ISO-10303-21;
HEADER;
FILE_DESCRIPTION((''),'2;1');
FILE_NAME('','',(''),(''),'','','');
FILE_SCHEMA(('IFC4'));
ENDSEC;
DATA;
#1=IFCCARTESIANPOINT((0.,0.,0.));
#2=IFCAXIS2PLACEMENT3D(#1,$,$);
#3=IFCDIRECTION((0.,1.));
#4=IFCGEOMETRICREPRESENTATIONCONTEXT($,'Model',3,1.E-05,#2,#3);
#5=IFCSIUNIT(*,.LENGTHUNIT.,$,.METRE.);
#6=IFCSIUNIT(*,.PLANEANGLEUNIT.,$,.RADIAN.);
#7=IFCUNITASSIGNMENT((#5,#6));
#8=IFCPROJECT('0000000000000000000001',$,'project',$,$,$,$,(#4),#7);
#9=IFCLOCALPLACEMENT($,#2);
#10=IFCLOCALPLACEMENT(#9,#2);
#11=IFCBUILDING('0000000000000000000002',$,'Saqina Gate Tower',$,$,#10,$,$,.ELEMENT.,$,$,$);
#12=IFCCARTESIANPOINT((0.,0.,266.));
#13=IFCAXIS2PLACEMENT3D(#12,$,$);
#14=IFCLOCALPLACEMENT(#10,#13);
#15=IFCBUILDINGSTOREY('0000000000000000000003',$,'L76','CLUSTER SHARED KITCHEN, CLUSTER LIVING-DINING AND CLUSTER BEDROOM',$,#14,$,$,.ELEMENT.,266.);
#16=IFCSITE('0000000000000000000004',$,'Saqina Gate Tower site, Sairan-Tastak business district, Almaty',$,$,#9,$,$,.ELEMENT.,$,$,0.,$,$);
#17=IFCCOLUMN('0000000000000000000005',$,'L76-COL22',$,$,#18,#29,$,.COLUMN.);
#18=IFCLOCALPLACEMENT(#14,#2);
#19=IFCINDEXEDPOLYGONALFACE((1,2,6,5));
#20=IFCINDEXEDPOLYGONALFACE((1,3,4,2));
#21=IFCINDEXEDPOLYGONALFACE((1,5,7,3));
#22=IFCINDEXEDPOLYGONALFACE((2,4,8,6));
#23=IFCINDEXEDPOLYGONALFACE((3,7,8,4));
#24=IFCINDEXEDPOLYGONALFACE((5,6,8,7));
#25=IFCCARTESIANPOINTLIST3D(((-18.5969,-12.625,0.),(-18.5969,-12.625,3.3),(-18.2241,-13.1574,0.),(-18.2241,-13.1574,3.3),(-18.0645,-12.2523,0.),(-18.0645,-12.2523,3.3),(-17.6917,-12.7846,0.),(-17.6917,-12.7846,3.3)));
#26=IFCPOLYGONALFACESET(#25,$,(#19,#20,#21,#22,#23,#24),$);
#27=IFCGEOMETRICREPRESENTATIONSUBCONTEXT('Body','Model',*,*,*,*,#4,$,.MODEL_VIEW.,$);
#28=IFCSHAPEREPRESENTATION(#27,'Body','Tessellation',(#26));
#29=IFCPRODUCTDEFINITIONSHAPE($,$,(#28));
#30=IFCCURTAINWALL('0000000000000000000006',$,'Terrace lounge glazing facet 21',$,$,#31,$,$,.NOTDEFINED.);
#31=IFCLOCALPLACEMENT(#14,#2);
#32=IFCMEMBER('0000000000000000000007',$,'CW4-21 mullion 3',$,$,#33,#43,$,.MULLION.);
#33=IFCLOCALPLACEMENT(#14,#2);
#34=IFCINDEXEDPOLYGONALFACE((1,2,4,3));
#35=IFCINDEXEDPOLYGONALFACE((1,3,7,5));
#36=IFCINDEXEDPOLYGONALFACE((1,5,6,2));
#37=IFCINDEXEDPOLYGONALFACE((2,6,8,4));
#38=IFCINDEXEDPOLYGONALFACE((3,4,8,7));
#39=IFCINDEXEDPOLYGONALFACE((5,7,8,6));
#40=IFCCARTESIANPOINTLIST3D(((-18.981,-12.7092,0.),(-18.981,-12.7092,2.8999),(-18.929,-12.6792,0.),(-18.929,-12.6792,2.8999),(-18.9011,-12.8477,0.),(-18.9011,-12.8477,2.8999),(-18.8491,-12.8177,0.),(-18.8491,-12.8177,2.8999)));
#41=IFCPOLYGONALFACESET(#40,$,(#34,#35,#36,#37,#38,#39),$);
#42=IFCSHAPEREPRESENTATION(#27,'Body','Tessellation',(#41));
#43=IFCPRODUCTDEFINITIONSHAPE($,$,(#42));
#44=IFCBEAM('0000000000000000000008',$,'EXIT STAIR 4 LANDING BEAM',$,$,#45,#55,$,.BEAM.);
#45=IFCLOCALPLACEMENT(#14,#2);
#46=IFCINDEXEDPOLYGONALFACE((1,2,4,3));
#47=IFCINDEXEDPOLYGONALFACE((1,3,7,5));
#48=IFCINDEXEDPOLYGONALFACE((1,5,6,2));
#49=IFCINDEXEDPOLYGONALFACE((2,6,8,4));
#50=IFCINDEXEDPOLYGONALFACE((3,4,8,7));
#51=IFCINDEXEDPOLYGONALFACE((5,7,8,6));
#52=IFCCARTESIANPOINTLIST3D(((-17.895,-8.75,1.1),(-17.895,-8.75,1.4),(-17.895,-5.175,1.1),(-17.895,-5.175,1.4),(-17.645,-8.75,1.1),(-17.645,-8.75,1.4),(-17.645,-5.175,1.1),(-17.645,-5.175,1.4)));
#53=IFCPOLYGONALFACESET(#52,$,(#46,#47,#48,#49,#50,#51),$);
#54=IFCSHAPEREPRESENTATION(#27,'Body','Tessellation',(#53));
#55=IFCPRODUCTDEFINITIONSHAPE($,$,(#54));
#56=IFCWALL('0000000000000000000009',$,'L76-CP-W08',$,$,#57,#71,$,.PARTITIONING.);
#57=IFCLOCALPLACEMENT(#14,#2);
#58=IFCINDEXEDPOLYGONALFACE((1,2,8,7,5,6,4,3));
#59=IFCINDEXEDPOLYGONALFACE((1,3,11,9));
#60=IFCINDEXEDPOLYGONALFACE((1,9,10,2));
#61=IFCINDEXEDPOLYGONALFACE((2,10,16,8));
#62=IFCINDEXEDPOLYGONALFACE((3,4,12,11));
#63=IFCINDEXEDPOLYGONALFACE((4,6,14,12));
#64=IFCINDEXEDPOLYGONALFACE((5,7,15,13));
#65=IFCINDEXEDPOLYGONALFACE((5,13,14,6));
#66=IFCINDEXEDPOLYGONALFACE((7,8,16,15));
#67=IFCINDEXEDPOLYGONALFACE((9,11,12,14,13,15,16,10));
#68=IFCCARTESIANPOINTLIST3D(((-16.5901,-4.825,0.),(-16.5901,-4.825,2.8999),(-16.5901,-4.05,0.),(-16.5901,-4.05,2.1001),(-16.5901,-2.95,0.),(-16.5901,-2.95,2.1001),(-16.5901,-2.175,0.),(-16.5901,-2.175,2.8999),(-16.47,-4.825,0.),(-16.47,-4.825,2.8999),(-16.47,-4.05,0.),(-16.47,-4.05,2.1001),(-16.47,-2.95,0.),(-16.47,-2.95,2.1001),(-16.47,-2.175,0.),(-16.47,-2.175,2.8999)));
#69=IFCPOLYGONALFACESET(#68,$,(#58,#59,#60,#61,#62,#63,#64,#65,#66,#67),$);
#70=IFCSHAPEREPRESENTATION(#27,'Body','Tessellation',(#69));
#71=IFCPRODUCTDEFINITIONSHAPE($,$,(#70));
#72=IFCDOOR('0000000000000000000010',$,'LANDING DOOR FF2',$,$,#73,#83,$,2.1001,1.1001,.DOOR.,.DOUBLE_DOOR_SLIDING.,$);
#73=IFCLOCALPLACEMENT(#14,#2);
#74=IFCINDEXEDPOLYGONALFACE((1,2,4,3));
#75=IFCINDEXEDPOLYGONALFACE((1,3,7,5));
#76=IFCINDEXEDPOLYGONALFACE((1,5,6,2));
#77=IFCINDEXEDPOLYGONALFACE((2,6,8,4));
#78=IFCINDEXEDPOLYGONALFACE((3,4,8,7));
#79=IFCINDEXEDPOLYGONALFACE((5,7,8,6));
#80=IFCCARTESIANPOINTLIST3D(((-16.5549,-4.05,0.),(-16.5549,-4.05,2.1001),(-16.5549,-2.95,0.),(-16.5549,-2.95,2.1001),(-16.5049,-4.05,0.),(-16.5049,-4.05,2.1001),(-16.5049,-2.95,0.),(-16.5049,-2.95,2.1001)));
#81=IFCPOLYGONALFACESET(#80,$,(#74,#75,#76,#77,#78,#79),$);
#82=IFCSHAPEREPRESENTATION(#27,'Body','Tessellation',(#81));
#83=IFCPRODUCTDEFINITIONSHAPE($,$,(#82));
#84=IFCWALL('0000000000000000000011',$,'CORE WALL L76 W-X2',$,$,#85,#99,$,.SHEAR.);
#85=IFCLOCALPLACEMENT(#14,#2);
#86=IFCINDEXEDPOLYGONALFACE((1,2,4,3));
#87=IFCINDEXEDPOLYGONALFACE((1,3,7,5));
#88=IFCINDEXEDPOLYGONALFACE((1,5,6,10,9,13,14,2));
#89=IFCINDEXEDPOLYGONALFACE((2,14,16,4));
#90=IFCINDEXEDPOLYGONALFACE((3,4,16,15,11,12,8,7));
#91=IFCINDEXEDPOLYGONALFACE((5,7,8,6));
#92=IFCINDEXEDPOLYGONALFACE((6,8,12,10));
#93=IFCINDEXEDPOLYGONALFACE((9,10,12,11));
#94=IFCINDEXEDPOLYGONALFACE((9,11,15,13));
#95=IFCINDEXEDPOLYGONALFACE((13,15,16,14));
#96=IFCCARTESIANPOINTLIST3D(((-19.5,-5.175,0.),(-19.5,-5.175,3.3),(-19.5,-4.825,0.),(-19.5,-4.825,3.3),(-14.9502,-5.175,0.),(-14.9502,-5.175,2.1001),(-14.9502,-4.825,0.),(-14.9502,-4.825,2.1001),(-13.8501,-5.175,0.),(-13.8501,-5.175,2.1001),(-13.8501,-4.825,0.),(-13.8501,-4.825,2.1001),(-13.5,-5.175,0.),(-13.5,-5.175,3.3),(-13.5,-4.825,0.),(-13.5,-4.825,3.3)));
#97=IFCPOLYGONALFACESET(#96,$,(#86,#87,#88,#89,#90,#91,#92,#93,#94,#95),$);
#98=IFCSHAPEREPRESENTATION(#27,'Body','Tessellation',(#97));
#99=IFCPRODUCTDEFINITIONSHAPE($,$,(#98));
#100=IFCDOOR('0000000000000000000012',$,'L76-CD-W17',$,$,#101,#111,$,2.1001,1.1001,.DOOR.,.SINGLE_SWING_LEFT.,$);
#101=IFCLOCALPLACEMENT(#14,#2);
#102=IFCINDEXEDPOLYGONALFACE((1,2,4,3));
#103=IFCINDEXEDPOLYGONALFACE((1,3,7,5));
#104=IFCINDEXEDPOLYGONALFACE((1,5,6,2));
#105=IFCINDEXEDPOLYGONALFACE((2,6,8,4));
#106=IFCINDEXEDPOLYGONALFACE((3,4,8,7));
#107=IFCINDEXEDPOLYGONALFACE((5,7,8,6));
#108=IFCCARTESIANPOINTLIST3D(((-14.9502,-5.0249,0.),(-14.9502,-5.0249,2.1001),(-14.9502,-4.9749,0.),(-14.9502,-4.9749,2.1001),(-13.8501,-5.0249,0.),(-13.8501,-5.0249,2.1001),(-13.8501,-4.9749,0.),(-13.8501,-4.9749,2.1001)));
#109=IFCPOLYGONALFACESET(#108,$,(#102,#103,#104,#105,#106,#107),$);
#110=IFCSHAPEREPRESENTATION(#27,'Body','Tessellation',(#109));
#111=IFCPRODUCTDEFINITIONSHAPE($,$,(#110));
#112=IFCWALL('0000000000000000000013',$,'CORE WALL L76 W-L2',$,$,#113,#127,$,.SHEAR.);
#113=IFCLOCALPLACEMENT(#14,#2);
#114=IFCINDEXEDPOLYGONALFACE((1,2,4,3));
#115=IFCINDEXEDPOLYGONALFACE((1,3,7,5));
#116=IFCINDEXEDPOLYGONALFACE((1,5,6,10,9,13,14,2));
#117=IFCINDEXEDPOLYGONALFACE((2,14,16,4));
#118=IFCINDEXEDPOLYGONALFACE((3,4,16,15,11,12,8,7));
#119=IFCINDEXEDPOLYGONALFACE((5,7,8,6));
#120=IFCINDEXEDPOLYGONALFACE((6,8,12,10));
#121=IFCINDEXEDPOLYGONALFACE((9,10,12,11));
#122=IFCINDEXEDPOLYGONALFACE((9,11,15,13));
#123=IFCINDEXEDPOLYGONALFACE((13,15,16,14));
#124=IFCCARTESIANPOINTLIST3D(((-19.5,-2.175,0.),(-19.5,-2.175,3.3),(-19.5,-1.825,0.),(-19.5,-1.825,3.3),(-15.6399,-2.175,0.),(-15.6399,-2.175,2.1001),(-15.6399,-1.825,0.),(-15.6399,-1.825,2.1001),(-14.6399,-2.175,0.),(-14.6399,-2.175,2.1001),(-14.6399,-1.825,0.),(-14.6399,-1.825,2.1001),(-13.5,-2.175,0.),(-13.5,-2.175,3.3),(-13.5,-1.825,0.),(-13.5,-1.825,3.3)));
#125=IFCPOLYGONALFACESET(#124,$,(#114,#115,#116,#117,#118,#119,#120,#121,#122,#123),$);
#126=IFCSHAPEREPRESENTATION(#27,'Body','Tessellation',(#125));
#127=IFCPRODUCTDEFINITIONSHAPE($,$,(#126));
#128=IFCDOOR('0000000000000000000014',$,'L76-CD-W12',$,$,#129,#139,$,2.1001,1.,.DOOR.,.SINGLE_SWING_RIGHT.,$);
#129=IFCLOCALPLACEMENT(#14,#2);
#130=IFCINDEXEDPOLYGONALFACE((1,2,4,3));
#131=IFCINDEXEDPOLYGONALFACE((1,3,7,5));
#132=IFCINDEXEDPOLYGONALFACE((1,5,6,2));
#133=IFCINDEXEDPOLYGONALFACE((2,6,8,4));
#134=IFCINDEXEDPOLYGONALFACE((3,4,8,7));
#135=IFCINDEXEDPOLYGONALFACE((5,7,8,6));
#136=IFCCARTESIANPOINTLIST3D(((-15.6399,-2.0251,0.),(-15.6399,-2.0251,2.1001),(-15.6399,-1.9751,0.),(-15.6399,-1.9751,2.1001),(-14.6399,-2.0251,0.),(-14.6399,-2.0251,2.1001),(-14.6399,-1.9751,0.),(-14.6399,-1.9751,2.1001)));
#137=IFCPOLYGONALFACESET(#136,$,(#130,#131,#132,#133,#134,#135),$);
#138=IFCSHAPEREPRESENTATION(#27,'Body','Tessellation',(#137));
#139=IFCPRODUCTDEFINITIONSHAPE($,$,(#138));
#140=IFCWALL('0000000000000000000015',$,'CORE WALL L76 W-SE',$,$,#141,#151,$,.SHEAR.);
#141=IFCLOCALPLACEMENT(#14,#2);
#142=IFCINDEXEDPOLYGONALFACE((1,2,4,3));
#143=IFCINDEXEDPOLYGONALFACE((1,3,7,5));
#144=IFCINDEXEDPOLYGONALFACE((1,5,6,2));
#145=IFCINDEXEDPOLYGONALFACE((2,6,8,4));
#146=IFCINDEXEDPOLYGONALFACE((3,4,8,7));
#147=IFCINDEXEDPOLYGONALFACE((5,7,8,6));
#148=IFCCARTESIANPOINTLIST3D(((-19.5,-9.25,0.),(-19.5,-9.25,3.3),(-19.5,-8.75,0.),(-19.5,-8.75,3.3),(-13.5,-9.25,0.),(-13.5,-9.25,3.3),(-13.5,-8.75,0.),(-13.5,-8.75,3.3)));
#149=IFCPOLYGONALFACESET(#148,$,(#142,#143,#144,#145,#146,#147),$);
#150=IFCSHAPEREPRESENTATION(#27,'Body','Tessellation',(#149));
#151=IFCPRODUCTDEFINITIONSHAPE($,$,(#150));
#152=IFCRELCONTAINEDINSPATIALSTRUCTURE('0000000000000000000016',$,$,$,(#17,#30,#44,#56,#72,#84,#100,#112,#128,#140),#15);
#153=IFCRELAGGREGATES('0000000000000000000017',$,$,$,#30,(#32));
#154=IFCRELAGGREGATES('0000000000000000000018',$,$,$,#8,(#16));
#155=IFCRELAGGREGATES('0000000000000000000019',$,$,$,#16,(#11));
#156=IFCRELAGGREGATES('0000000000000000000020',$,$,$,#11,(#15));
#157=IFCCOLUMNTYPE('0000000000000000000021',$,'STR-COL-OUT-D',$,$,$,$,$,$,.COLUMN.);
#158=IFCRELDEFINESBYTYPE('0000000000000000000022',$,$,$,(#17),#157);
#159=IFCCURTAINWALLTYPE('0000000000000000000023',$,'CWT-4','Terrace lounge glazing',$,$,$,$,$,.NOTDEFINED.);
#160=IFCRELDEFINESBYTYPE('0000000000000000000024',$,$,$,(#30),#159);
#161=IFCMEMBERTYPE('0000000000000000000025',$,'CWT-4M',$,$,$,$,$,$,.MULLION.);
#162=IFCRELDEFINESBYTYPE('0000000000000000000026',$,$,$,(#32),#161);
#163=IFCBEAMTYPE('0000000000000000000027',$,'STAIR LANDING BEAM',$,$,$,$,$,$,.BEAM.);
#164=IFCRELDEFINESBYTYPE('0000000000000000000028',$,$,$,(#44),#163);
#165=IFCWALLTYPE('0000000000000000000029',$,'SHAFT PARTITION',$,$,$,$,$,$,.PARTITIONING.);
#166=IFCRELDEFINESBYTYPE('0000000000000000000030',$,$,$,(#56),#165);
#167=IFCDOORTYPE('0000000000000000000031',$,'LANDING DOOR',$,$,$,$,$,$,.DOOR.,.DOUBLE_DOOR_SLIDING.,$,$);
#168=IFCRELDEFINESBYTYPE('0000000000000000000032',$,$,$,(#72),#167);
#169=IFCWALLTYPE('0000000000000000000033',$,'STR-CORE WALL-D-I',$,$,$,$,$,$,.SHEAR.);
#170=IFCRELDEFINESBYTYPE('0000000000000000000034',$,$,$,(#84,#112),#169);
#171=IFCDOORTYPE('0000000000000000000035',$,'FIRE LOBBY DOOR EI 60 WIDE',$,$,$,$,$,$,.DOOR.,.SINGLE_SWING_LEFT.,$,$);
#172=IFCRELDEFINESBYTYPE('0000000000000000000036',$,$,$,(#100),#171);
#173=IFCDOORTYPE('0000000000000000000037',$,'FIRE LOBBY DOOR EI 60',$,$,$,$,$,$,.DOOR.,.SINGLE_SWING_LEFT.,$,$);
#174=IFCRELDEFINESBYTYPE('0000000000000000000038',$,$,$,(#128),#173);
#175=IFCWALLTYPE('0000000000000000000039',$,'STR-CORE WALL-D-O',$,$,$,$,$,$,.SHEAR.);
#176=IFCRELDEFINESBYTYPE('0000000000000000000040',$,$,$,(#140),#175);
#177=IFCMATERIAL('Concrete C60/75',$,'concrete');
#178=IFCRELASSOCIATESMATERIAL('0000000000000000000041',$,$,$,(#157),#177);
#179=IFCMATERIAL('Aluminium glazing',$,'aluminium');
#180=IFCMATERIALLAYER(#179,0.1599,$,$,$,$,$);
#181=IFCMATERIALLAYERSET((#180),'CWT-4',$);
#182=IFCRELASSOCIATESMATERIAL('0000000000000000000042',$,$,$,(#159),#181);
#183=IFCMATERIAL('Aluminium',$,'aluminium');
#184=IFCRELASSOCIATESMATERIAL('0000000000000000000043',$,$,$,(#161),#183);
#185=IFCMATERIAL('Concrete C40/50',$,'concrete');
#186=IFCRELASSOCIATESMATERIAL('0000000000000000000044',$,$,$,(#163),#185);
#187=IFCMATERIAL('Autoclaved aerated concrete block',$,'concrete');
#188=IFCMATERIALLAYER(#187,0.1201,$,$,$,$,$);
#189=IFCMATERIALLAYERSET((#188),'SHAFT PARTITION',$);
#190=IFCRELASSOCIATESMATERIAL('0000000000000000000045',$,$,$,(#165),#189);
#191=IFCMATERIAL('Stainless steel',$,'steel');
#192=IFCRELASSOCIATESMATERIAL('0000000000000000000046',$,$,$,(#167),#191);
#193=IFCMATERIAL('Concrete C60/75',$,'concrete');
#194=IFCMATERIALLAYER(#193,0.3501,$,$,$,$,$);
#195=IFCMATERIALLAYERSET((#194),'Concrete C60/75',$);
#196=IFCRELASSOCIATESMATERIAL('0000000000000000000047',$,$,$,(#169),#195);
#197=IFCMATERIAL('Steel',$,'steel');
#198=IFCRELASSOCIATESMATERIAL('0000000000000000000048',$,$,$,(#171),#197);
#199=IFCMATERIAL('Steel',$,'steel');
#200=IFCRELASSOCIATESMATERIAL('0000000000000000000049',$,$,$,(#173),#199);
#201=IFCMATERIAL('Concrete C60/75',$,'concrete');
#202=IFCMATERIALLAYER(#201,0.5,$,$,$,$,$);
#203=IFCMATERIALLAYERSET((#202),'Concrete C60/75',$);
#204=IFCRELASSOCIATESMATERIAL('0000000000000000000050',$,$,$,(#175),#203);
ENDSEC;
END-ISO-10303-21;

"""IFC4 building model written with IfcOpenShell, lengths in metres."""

from ifc_helpers import new_model, si_unit, direction, frame, frame_2d, origin, origin_2d, place, context, subcontext, project, spatial, rectangle, extrude, material, layer, layer_set, material_profile, profile_set, type_object, element, fill, aggregate, save


model = new_model("IFC4")

# Units and contexts
model_context = context("Model", 3, precision=1e-05, world=origin(), true_north=direction((0.0, 1.0)))
body_context = subcontext(model_context, "Body", "Model", "MODEL_VIEW")
ifc_project = project(units=[si_unit("LENGTHUNIT", "METRE"), si_unit("PLANEANGLEUNIT", "RADIAN")], contexts=[model_context])

# Site, building, storey
site_placement = place(None, origin())
site = spatial("IfcSite", under=ifc_project, at=site_placement, Name="Saqina Gate Tower site, Sairan-Tastak business district, Almaty", CompositionType="ELEMENT", RefElevation=0.0)
building_placement = place(site_placement, origin())
building = spatial("IfcBuilding", under=site, at=building_placement, Name="Saqina Gate Tower", CompositionType="ELEMENT")
storey_placement = place(building_placement, frame((0.0, 0.0, 266.0)))
storey = spatial("IfcBuildingStorey", under=building, at=storey_placement, Name="L76", Description="CLUSTER SHARED KITCHEN, CLUSTER LIVING-DINING AND CLUSTER BEDROOM", CompositionType="ELEMENT", Elevation=266.0)

# Column
ifc_material_1 = material(Name="Concrete C60/75", Category="concrete")
ifc_material_profile_1 = material_profile(ifc_material_1, rectangle(XDim=0.6499, YDim=0.6499, at=origin_2d()), Name="RC 650x650")
ifc_profile_set_1 = profile_set([ifc_material_profile_1], Name="Concrete C60/75")
column_type = type_object("IfcColumnType", Name="STR-COL-OUT-D", PredefinedType="COLUMN", material=ifc_profile_set_1)
column_placement = place(storey_placement, frame((-18.1443, -12.7048, 0.0), z_axis=(0.0, 0.0, 1.0), x_axis=(-0.819152, -0.573576, 0.0)))
element("IfcColumn", 1, at=column_placement, inside=storey, type_object=column_type, Name="L76-COL22", PredefinedType="COLUMN", context=body_context, shape_type="SweptSolid", body=[
    extrude(rectangle(XDim=0.6499, YDim=0.6499, at=origin_2d()), origin(), (0.0, 0.0, 1.0), 3.3),
])

# Curtain wall, member
ifc_material_2 = material(Name="Aluminium glazing", Category="aluminium")
ifc_layer_1 = layer(ifc_material_2, 0.1599)
ifc_layer_set_1 = layer_set([ifc_layer_1], Name="CWT-4")
curtain_wall_type = type_object("IfcCurtainWallType", Name="CWT-4", Description="Terrace lounge glazing", PredefinedType="NOTDEFINED", material=ifc_layer_set_1)
curtain_wall_placement = place(storey_placement, origin())
curtain_wall = element("IfcCurtainWall", 2, at=curtain_wall_placement, inside=storey, type_object=curtain_wall_type, Name="Terrace lounge glazing facet 21", PredefinedType="NOTDEFINED")
ifc_material_3 = material(Name="Aluminium", Category="aluminium")
ifc_material_profile_2 = material_profile(ifc_material_3, rectangle(XDim=0.0601, YDim=0.1599, at=origin_2d()), Name="Aluminium 60x160")
ifc_profile_set_2 = profile_set([ifc_material_profile_2], Name="Aluminium")
member_type = type_object("IfcMemberType", Name="CWT-4M", PredefinedType="MULLION", material=ifc_profile_set_2)
member_placement = place(storey_placement, frame((-18.915, -12.7634, 0.0), z_axis=(0.0, 0.0, 1.0), x_axis=(0.866036, 0.499982, 0.0)))
member = element("IfcMember", 3, at=member_placement, type_object=member_type, Name="CW4-21 mullion 3", PredefinedType="MULLION", context=body_context, shape_type="SweptSolid", body=[
    extrude(rectangle(XDim=0.0601, YDim=0.1599, at=origin_2d()), origin(), (0.0, 0.0, 1.0), 2.8999),
])
aggregate(curtain_wall, [member])

# Beam
ifc_material_4 = material(Name="Concrete C40/50", Category="concrete")
ifc_material_profile_3 = material_profile(ifc_material_4, rectangle(XDim=0.25, YDim=0.3, at=origin_2d()), Name="STAIR LANDING BEAM")
ifc_profile_set_3 = profile_set([ifc_material_profile_3], Name="Concrete C40/50")
beam_type = type_object("IfcBeamType", Name="STAIR LANDING BEAM", PredefinedType="BEAM", material=ifc_profile_set_3)
beam_placement = place(storey_placement, frame((-17.77, -8.75, 1.25), z_axis=(0.0, 1.0, 0.0), x_axis=(-1.0, 0.0, 0.0)))
element("IfcBeam", 4, at=beam_placement, inside=storey, type_object=beam_type, Name="EXIT STAIR 4 LANDING BEAM", PredefinedType="BEAM", context=body_context, shape_type="SweptSolid", body=[
    extrude(rectangle(XDim=0.25, YDim=0.3, at=origin_2d()), origin(), (0.0, 0.0, 1.0), 3.575),
])

# Walls, openings, doors
ifc_material_5 = material(Name="Autoclaved aerated concrete block", Category="concrete")
ifc_layer_2 = layer(ifc_material_5, 0.1201)
ifc_layer_set_2 = layer_set([ifc_layer_2], Name="SHAFT PARTITION")
wall_type_1 = type_object("IfcWallType", Name="SHAFT PARTITION", PredefinedType="PARTITIONING", material=ifc_layer_set_2)
wall_1_placement = place(storey_placement, frame((-16.53, -4.825, 0.0), z_axis=(0.0, 0.0, 1.0), x_axis=(0.0, 1.0, 0.0)))
wall_1 = element("IfcWall", 5, at=wall_1_placement, inside=storey, type_object=wall_type_1, Name="L76-CP-W08", PredefinedType="PARTITIONING", context=body_context, shape_type="SweptSolid", body=[
    extrude(rectangle(XDim=2.6499, YDim=0.1201, at=frame_2d((1.325, 0.0))), origin(), (0.0, 0.0, 1.0), 2.8999),
])
opening_1_placement = place(wall_1_placement, frame((0.7749, 0.0, 0.0)))
opening_1 = element("IfcOpeningElement", 6, at=opening_1_placement, cuts=wall_1, PredefinedType="OPENING", context=body_context, shape_type="SweptSolid", body=[
    extrude(rectangle(XDim=1.1001, YDim=2.1001, at=frame_2d((0.55, 1.05))), frame((0.0, 0.072, 0.0), z_axis=(0.0, -1.0, 0.0), x_axis=(1.0, 0.0, 0.0)), (0.0, 0.0, 1.0), 0.144),
])
ifc_material_6 = material(Name="Stainless steel", Category="steel")
door_type_1 = type_object("IfcDoorType", Name="LANDING DOOR", OperationType="DOUBLE_DOOR_SLIDING", PredefinedType="DOOR", material=ifc_material_6)
door_1_placement = place(opening_1_placement, origin())
door_1 = element("IfcDoor", 7, at=door_1_placement, inside=storey, type_object=door_type_1, Name="LANDING DOOR FF2", OperationType="DOUBLE_DOOR_SLIDING", OverallHeight=2.1001, OverallWidth=1.1001, PredefinedType="DOOR", context=body_context, shape_type="SweptSolid", body=[
    extrude(rectangle(XDim=1.1001, YDim=2.1001, at=frame_2d((0.55, 1.05))), frame((0.0, 0.0249, 0.0), z_axis=(0.0, -1.0, 0.0), x_axis=(1.0, 0.0, 0.0)), (0.0, 0.0, 1.0), 0.05),
])
fill(opening_1, door_1)
ifc_material_7 = material(Name="Concrete C60/75", Category="concrete")
ifc_layer_3 = layer(ifc_material_7, 0.3501)
ifc_layer_set_3 = layer_set([ifc_layer_3], Name="Concrete C60/75")
wall_type_2 = type_object("IfcWallType", Name="STR-CORE WALL-D-I", PredefinedType="SHEAR", material=ifc_layer_set_3)
wall_2_placement = place(storey_placement, frame((-13.5, -5.0, 0.0), z_axis=(0.0, 0.0, 1.0), x_axis=(-1.0, 0.0, 0.0)))
wall_2 = element("IfcWall", 8, at=wall_2_placement, inside=storey, type_object=wall_type_2, Name="CORE WALL L76 W-X2", PredefinedType="SHEAR", context=body_context, shape_type="SweptSolid", body=[
    extrude(rectangle(XDim=6.0, YDim=0.3501, at=frame_2d((3.0, 0.0))), origin(), (0.0, 0.0, 1.0), 3.3),
])
opening_2_placement = place(wall_2_placement, frame((0.3501, 0.0, 0.0)))
opening_2 = element("IfcOpeningElement", 9, at=opening_2_placement, cuts=wall_2, PredefinedType="OPENING", context=body_context, shape_type="SweptSolid", body=[
    extrude(rectangle(XDim=1.1001, YDim=2.1001, at=frame_2d((0.55, 1.05))), frame((0.0, 0.187, 0.0), z_axis=(0.0, -1.0, 0.0), x_axis=(1.0, 0.0, 0.0)), (0.0, 0.0, 1.0), 0.374),
])
ifc_material_8 = material(Name="Steel", Category="steel")
door_type_2 = type_object("IfcDoorType", Name="FIRE LOBBY DOOR EI 60 WIDE", OperationType="SINGLE_SWING_LEFT", PredefinedType="DOOR", material=ifc_material_8)
door_2_placement = place(opening_2_placement, origin())
door_2 = element("IfcDoor", 10, at=door_2_placement, inside=storey, type_object=door_type_2, Name="L76-CD-W17", OperationType="SINGLE_SWING_LEFT", OverallHeight=2.1001, OverallWidth=1.1001, PredefinedType="DOOR", context=body_context, shape_type="SweptSolid", body=[
    extrude(rectangle(XDim=1.1001, YDim=2.1001, at=frame_2d((0.55, 1.05))), frame((0.0, 0.0249, 0.0), z_axis=(0.0, -1.0, 0.0), x_axis=(1.0, 0.0, 0.0)), (0.0, 0.0, 1.0), 0.05),
])
fill(opening_2, door_2)
wall_3_placement = place(storey_placement, frame((-13.5, -2.0, 0.0), z_axis=(0.0, 0.0, 1.0), x_axis=(-1.0, 0.0, 0.0)))
wall_3 = element("IfcWall", 11, at=wall_3_placement, inside=storey, type_object=wall_type_2, Name="CORE WALL L76 W-L2", PredefinedType="SHEAR", context=body_context, shape_type="SweptSolid", body=[
    extrude(rectangle(XDim=6.0, YDim=0.3501, at=frame_2d((3.0, 0.0))), origin(), (0.0, 0.0, 1.0), 3.3),
])
opening_3_placement = place(wall_3_placement, frame((1.1399, 0.0, 0.0)))
opening_3 = element("IfcOpeningElement", 12, at=opening_3_placement, cuts=wall_3, PredefinedType="OPENING", context=body_context, shape_type="SweptSolid", body=[
    extrude(rectangle(XDim=1.0, YDim=2.1001, at=frame_2d((0.5, 1.05))), frame((0.0, 0.187, 0.0), z_axis=(0.0, -1.0, 0.0), x_axis=(1.0, 0.0, 0.0)), (0.0, 0.0, 1.0), 0.374),
])
ifc_material_9 = material(Name="Steel", Category="steel")
door_type_3 = type_object("IfcDoorType", Name="FIRE LOBBY DOOR EI 60", OperationType="SINGLE_SWING_LEFT", PredefinedType="DOOR", material=ifc_material_9)
door_3_placement = place(opening_3_placement, frame((1.0, 0.0, 0.0), z_axis=(0.0, 0.0, 1.0), x_axis=(-1.0, 0.0, 0.0)))
door_3 = element("IfcDoor", 13, at=door_3_placement, inside=storey, type_object=door_type_3, Name="L76-CD-W12", OperationType="SINGLE_SWING_RIGHT", OverallHeight=2.1001, OverallWidth=1.0, PredefinedType="DOOR", context=body_context, shape_type="SweptSolid", body=[
    extrude(rectangle(XDim=1.0, YDim=2.1001, at=frame_2d((0.5, 1.05))), frame((0.0, 0.0249, 0.0), z_axis=(0.0, -1.0, 0.0), x_axis=(1.0, 0.0, 0.0)), (0.0, 0.0, 1.0), 0.05),
])
fill(opening_3, door_3)

# Shared definitions
ifc_material_10 = material(Name="Concrete C60/75", Category="concrete")
ifc_layer_4 = layer(ifc_material_10, 0.5)
ifc_layer_set_4 = layer_set([ifc_layer_4], Name="Concrete C60/75")
wall_type_3 = type_object("IfcWallType", Name="STR-CORE WALL-D-O", PredefinedType="SHEAR", material=ifc_layer_set_4)

# Wall
wall_4_placement = place(storey_placement, frame((-13.5, -9.0, 0.0), z_axis=(0.0, 0.0, 1.0), x_axis=(-1.0, 0.0, 0.0)))
element("IfcWall", 14, at=wall_4_placement, inside=storey, type_object=wall_type_3, Name="CORE WALL L76 W-SE", PredefinedType="SHEAR", context=body_context, shape_type="SweptSolid", body=[
    extrude(rectangle(XDim=6.0, YDim=0.5, at=frame_2d((3.0, 0.0))), origin(), (0.0, 0.0, 1.0), 3.3),
])

save(model, "model.ifc")
